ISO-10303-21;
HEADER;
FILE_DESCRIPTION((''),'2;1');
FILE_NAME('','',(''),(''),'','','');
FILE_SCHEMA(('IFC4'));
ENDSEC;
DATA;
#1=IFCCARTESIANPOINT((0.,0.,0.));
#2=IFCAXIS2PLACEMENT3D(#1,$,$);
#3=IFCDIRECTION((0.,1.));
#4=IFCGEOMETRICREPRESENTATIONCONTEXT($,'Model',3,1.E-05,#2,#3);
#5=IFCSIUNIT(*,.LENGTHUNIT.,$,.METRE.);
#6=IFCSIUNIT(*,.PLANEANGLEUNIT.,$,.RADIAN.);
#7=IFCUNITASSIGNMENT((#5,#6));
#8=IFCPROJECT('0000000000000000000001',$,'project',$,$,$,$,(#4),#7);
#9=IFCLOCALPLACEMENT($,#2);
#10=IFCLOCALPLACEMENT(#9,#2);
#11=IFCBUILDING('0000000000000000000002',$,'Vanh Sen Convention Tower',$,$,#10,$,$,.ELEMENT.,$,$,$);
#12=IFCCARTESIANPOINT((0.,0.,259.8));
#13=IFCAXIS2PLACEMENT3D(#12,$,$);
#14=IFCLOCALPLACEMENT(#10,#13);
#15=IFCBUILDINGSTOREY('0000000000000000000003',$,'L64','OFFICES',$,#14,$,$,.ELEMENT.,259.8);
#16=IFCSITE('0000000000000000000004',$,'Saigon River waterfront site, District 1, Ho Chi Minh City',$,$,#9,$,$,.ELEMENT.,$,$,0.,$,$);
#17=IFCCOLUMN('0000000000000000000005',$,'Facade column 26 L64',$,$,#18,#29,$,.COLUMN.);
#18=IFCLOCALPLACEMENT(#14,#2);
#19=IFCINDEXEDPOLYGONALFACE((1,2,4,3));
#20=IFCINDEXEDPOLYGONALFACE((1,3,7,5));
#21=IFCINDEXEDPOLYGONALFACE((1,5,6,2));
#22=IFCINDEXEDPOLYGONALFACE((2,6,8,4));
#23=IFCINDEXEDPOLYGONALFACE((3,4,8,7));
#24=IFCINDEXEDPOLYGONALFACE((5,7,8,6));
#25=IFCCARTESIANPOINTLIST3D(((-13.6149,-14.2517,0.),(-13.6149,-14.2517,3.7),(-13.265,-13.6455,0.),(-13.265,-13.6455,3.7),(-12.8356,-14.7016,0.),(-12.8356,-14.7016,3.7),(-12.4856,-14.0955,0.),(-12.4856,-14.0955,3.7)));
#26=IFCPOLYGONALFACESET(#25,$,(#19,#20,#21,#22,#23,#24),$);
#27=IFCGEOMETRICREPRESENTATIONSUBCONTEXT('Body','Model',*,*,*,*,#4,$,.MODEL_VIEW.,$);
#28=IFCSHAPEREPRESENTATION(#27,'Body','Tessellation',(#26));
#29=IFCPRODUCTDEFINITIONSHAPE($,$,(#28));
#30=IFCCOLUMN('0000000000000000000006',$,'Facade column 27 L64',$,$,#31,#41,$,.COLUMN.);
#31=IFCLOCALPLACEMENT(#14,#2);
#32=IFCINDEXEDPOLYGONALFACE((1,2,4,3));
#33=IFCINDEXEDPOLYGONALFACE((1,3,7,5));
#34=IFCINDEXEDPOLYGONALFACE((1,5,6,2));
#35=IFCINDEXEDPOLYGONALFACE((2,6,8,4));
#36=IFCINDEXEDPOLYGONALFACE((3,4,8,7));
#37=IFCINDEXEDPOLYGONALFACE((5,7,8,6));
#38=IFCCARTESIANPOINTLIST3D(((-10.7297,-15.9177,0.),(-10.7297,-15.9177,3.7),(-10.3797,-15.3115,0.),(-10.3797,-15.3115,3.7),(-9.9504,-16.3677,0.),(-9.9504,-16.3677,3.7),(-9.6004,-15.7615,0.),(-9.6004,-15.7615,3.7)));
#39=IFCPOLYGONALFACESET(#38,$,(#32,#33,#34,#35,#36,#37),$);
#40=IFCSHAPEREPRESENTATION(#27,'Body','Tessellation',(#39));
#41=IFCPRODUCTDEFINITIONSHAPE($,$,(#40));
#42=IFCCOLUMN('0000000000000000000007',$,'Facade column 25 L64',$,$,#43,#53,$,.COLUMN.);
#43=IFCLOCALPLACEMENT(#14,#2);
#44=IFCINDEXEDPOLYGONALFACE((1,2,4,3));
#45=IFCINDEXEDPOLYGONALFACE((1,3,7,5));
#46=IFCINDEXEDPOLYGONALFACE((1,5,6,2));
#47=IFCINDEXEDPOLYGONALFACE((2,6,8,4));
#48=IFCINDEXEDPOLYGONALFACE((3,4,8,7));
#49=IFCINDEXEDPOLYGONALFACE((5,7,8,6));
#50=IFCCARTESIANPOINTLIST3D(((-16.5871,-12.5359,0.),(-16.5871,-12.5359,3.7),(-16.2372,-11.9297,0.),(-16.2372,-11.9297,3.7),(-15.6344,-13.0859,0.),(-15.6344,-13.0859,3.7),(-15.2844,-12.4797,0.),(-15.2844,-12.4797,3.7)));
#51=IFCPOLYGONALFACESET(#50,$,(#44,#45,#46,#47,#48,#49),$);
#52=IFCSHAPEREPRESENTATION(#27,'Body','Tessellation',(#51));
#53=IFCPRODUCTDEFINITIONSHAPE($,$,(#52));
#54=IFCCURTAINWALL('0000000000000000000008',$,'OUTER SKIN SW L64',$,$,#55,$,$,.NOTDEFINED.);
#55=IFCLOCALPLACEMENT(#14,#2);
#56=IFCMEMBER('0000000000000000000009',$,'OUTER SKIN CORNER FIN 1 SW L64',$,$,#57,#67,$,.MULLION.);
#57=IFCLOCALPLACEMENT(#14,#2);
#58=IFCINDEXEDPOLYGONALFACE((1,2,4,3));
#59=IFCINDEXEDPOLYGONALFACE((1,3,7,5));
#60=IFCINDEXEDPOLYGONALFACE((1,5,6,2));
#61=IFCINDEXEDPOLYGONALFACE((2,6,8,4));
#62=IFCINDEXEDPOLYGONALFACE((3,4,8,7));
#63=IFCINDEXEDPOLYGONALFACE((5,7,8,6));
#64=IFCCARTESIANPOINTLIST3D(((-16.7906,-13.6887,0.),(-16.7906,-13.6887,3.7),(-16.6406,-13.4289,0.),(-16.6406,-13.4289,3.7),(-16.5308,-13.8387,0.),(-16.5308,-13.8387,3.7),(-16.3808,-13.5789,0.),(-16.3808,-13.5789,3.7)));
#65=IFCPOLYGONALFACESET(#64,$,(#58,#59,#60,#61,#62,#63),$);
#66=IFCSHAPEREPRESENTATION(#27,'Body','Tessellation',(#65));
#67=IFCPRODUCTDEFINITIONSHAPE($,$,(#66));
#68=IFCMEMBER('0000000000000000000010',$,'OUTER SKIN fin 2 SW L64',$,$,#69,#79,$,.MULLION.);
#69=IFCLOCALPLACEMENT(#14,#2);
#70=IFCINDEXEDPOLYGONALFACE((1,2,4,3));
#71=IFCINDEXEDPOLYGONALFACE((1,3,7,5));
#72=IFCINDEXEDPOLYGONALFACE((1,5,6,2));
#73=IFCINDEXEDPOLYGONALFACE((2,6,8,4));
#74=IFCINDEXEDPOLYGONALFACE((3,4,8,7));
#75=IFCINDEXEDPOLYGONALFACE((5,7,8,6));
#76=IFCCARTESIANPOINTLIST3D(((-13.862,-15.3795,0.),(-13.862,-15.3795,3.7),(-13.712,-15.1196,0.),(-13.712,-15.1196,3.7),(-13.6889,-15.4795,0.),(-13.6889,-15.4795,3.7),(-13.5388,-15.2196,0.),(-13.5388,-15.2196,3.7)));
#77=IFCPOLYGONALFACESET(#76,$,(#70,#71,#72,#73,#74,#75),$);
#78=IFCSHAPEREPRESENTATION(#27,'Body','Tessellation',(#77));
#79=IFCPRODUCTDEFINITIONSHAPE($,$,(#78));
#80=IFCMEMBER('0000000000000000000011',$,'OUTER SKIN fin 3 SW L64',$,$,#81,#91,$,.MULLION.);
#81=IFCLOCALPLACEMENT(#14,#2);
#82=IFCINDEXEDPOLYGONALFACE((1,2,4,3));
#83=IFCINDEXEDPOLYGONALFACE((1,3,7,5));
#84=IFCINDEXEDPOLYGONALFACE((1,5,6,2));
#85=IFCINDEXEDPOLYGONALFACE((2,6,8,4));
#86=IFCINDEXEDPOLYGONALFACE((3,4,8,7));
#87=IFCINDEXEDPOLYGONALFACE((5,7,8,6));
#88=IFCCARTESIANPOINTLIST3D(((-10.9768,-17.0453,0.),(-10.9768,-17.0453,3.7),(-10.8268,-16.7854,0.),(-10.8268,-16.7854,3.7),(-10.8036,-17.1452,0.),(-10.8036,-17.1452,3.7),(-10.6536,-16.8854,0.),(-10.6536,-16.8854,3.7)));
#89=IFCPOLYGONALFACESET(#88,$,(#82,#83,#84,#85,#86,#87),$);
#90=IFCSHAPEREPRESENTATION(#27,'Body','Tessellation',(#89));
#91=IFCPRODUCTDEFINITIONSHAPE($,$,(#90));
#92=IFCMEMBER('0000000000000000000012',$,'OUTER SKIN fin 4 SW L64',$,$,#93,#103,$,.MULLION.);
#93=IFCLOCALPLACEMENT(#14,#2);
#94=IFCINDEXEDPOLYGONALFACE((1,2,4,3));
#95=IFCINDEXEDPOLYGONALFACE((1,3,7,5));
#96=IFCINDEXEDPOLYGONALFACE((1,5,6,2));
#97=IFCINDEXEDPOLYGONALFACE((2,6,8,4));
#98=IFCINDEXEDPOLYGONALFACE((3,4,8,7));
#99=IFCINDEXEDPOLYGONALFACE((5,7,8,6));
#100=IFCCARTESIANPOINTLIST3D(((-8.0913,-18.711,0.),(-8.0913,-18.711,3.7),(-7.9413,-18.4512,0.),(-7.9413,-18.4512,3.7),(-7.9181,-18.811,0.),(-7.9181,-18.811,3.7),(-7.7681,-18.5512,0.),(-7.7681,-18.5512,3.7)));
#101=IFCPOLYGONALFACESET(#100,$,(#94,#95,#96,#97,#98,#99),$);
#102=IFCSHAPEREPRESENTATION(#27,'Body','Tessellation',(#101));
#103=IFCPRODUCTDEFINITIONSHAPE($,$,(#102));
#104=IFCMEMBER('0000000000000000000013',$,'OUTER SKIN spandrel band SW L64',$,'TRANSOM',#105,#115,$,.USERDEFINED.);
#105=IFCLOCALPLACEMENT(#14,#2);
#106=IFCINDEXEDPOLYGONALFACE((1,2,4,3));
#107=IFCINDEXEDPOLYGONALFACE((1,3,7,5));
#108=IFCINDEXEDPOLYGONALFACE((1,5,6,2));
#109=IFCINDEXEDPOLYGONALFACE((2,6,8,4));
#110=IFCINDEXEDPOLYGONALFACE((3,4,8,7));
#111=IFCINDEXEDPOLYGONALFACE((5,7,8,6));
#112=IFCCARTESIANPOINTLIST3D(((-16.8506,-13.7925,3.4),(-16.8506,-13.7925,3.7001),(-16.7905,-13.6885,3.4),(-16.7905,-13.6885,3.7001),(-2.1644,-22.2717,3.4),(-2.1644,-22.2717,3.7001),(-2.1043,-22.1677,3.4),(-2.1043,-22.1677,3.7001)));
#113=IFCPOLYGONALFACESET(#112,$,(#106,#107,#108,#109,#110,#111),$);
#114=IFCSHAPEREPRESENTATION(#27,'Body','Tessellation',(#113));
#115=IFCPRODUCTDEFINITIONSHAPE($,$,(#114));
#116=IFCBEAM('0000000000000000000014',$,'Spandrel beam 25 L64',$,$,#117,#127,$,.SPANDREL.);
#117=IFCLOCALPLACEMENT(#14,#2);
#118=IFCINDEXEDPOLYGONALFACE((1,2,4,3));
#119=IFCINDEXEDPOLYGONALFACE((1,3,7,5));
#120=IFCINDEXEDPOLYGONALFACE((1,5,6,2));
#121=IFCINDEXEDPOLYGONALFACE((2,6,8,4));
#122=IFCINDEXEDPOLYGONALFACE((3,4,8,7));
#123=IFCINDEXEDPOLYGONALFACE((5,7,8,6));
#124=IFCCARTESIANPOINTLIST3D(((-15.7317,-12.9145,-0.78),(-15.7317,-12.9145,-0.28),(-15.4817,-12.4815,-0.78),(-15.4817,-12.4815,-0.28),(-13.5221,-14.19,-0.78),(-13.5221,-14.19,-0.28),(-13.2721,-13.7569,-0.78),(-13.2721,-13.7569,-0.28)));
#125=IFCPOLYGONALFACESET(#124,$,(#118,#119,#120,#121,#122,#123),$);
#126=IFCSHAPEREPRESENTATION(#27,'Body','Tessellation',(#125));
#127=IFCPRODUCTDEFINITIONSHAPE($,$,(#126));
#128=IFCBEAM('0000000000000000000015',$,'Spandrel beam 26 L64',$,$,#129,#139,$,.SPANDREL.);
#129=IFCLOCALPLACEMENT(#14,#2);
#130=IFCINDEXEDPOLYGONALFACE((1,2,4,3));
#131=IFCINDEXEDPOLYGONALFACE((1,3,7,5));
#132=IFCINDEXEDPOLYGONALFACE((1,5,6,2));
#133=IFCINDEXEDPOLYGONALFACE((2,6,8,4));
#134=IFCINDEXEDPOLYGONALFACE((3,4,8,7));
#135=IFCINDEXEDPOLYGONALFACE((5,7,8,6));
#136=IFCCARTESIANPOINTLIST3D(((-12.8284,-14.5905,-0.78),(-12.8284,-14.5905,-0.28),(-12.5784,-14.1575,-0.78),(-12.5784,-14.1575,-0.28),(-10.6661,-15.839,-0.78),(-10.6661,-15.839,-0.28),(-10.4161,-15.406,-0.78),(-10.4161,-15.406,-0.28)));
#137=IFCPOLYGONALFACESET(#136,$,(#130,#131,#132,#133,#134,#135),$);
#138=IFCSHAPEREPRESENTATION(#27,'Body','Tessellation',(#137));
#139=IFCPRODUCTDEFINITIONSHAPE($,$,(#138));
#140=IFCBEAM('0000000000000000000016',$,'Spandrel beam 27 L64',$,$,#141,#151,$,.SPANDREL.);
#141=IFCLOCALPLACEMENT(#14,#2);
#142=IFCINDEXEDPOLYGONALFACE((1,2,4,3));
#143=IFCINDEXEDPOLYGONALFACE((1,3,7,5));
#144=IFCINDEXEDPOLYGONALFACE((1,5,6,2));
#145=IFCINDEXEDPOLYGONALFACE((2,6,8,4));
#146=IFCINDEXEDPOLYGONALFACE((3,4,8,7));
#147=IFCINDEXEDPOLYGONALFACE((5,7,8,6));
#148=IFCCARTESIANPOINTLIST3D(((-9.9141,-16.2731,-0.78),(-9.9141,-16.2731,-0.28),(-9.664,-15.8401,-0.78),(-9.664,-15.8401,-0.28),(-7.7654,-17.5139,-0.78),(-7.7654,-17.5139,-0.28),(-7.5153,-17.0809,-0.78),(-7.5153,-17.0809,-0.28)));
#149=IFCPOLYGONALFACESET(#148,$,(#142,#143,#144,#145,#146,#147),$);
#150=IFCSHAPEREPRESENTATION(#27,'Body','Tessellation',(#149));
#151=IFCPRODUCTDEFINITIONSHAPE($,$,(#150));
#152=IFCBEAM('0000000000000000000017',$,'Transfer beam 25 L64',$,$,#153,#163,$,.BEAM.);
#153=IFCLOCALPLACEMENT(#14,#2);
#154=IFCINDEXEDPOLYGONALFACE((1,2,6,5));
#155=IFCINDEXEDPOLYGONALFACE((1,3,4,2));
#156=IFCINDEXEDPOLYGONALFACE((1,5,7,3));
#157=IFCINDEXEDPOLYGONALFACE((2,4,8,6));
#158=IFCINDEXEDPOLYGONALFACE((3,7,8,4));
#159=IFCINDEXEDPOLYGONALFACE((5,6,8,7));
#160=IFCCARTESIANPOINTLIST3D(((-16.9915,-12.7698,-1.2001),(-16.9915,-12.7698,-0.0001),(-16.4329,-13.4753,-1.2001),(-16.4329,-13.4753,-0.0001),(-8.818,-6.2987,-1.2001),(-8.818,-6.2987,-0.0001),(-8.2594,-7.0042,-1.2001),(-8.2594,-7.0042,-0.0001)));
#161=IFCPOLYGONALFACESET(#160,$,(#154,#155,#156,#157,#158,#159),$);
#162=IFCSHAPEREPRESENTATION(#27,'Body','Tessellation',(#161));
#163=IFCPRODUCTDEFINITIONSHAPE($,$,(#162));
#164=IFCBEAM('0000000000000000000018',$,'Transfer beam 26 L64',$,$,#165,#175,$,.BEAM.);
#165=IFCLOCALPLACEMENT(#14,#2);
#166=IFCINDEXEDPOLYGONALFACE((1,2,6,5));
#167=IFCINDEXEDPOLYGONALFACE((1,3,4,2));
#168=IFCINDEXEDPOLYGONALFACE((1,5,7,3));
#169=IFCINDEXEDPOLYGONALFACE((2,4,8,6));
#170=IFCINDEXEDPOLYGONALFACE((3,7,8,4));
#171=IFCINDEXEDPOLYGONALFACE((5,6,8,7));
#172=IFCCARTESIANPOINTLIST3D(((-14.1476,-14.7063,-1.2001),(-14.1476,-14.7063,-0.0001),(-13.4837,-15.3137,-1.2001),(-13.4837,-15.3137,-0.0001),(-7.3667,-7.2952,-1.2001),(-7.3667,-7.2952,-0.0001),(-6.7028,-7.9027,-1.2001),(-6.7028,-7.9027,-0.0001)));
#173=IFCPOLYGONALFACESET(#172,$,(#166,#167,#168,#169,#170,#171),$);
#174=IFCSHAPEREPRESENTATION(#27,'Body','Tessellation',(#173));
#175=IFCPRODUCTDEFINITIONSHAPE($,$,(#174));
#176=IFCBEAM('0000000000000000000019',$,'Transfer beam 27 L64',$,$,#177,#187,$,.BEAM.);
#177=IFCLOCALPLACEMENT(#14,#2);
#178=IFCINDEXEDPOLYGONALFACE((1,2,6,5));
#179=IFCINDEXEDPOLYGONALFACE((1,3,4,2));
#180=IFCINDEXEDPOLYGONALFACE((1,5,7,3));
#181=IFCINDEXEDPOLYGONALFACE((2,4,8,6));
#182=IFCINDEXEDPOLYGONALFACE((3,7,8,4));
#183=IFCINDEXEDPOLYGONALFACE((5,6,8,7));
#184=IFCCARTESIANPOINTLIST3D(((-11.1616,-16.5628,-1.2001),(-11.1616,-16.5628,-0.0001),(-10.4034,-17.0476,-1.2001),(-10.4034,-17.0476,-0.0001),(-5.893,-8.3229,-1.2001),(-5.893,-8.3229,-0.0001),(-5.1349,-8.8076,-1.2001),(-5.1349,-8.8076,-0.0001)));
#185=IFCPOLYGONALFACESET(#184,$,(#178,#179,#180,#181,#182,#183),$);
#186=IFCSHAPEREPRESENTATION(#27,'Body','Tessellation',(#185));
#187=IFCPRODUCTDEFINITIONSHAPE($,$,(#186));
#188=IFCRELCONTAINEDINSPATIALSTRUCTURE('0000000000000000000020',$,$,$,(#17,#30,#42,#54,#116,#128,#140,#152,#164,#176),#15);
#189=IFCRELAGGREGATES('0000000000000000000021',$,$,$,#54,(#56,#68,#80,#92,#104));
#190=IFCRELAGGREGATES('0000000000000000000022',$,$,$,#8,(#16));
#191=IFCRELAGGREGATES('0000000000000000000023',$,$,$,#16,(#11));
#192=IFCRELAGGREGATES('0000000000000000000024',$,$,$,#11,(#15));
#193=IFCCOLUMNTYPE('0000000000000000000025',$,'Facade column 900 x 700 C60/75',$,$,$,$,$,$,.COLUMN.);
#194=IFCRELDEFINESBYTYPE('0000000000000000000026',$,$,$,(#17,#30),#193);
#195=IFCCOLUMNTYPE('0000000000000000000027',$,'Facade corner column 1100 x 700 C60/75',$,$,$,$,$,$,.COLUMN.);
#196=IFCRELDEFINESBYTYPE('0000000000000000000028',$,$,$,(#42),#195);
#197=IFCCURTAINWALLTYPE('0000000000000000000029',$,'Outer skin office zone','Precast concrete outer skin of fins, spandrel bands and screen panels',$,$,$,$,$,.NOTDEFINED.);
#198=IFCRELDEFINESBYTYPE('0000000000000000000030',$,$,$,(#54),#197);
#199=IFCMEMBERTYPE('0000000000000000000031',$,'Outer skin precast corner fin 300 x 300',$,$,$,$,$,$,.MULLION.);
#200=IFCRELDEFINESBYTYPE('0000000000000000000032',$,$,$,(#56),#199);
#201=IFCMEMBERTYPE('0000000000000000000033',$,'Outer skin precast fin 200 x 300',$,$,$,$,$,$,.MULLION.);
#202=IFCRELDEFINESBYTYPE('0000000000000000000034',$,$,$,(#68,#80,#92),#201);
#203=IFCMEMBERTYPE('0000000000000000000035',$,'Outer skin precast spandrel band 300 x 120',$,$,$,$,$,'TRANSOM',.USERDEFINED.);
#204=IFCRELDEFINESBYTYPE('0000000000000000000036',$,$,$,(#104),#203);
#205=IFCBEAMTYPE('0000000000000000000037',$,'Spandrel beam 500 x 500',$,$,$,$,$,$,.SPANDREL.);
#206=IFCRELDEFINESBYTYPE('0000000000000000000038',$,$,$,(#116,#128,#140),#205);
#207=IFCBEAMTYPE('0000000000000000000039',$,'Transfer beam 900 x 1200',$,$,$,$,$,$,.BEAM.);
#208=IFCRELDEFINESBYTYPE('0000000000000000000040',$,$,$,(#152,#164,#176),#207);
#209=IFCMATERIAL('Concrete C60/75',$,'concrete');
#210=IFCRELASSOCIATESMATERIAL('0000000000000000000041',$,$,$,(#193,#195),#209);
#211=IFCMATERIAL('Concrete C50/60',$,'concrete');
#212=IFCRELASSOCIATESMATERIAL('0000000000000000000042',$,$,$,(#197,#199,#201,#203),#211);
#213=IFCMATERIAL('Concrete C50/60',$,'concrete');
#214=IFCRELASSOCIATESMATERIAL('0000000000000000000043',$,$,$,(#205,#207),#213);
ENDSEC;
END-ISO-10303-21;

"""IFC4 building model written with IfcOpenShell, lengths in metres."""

from ifc_helpers import new_model, si_unit, direction, frame, origin, origin_2d, place, context, subcontext, project, spatial, rectangle, extrude, material, material_profile, profile_set, type_object, element, aggregate, save


model = new_model("IFC4")

# Units and contexts
model_context = context("Model", 3, precision=1e-05, world=origin(), true_north=direction((0.0, 1.0)))
body_context = subcontext(model_context, "Body", "Model", "MODEL_VIEW")
ifc_project = project(units=[si_unit("LENGTHUNIT", "METRE"), si_unit("PLANEANGLEUNIT", "RADIAN")], contexts=[model_context])

# Site, building, storey
site_placement = place(None, origin())
site = spatial("IfcSite", under=ifc_project, at=site_placement, Name="Saigon River waterfront site, District 1, Ho Chi Minh City", CompositionType="ELEMENT", RefElevation=0.0)
building_placement = place(site_placement, origin())
building = spatial("IfcBuilding", under=site, at=building_placement, Name="Vanh Sen Convention Tower", CompositionType="ELEMENT")
storey_placement = place(building_placement, frame((0.0, 0.0, 259.8)))
storey = spatial("IfcBuildingStorey", under=building, at=storey_placement, Name="L64", Description="OFFICES", CompositionType="ELEMENT", Elevation=259.8)

# Columns
ifc_material_1 = material(Name="Concrete C60/75", Category="concrete")
ifc_material_profile_1 = material_profile(ifc_material_1, rectangle(XDim=0.8999, YDim=0.7, at=origin_2d()), Name="RC 900X700")
ifc_profile_set_1 = profile_set([ifc_material_profile_1], Name="Concrete C60/75")
column_type_1 = type_object("IfcColumnType", Name="Facade column 900 x 700 C60/75", PredefinedType="COLUMN", material=ifc_profile_set_1)
for number, where, z_axis, x_axis, name in (
    (1, (-13.0503, -14.1736, 0.0), (0.0, 0.0, 1.0), (0.866025, -0.5, 0.0), "Facade column 26 L64"),
    (2, (-10.165, -15.8396, 0.0), (0.0, 0.0, 1.0), (0.866025, -0.5, 0.0), "Facade column 27 L64"),
):
    element("IfcColumn", number, at=place(storey_placement, frame(where, z_axis=z_axis, x_axis=x_axis)), inside=storey, type_object=column_type_1, Name=name, PredefinedType="COLUMN", context=body_context, shape_type="SweptSolid", body=[
        extrude(rectangle(XDim=0.8999, YDim=0.7, at=origin_2d()), origin(), (0.0, 0.0, 1.0), 3.7),
    ])
ifc_material_profile_2 = material_profile(ifc_material_1, rectangle(XDim=1.1001, YDim=0.7, at=origin_2d()), Name="RC 1100X700")
ifc_profile_set_2 = profile_set([ifc_material_profile_2], Name="Concrete C60/75")
column_type_2 = type_object("IfcColumnType", Name="Facade corner column 1100 x 700 C60/75", PredefinedType="COLUMN", material=ifc_profile_set_2)
column_placement = place(storey_placement, frame((-15.9358, -12.5078, 0.0), z_axis=(0.0, 0.0, 1.0), x_axis=(0.866025, -0.5, 0.0)))
element("IfcColumn", 3, at=column_placement, inside=storey, type_object=column_type_2, Name="Facade column 25 L64", PredefinedType="COLUMN", context=body_context, shape_type="SweptSolid", body=[
    extrude(rectangle(XDim=1.1001, YDim=0.7, at=origin_2d()), origin(), (0.0, 0.0, 1.0), 3.7),
])

# Curtain wall, members
ifc_material_2 = material(Name="Concrete C50/60", Category="concrete")
curtain_wall_type = type_object("IfcCurtainWallType", Name="Outer skin office zone", Description="Precast concrete outer skin of fins, spandrel bands and screen panels", PredefinedType="NOTDEFINED", material=ifc_material_2)
curtain_wall_placement = place(storey_placement, origin())
curtain_wall = element("IfcCurtainWall", 4, at=curtain_wall_placement, inside=storey, type_object=curtain_wall_type, Name="OUTER SKIN SW L64", PredefinedType="NOTDEFINED")
ifc_material_profile_3 = material_profile(ifc_material_2, rectangle(XDim=0.3, YDim=0.3, at=origin_2d()), Name="Outer skin precast corner fin 300 x 300")
ifc_profile_set_3 = profile_set([ifc_material_profile_3], Name="Concrete C50/60")
member_type_1 = type_object("IfcMemberType", Name="Outer skin precast corner fin 300 x 300", PredefinedType="MULLION", material=ifc_profile_set_3)
member_1_placement = place(storey_placement, frame((-16.5857, -13.6338, 0.0), z_axis=(0.0, 0.0, 1.0), x_axis=(0.866025, -0.5, 0.0)))
member_1 = element("IfcMember", 5, at=member_1_placement, type_object=member_type_1, Name="OUTER SKIN CORNER FIN 1 SW L64", PredefinedType="MULLION", context=body_context, shape_type="SweptSolid", body=[
    extrude(rectangle(XDim=0.3, YDim=0.3, at=origin_2d()), origin(), (0.0, 0.0, 1.0), 3.7),
])
ifc_material_profile_4 = material_profile(ifc_material_2, rectangle(XDim=0.2, YDim=0.3, at=origin_2d()), Name="Outer skin precast fin 200 x 300")
ifc_profile_set_4 = profile_set([ifc_material_profile_4], Name="Concrete C50/60")
member_type_2 = type_object("IfcMemberType", Name="Outer skin precast fin 200 x 300", PredefinedType="MULLION", material=ifc_profile_set_4)
member_2_placement = place(storey_placement, frame((-13.7004, -15.2996, 0.0), z_axis=(0.0, 0.0, 1.0), x_axis=(0.866025, -0.5, 0.0)))
member_2 = element("IfcMember", 6, at=member_2_placement, type_object=member_type_2, Name="OUTER SKIN fin 2 SW L64", PredefinedType="MULLION", context=body_context, shape_type="SweptSolid", body=[
    extrude(rectangle(XDim=0.2, YDim=0.3, at=origin_2d()), origin(), (0.0, 0.0, 1.0), 3.7),
])
member_3_placement = place(storey_placement, frame((-10.8152, -16.9653, 0.0), z_axis=(0.0, 0.0, 1.0), x_axis=(0.866025, -0.5, 0.0)))
member_3 = element("IfcMember", 7, at=member_3_placement, type_object=member_type_2, Name="OUTER SKIN fin 3 SW L64", PredefinedType="MULLION", context=body_context, shape_type="SweptSolid", body=[
    extrude(rectangle(XDim=0.2, YDim=0.3, at=origin_2d()), origin(), (0.0, 0.0, 1.0), 3.7),
])
member_4_placement = place(storey_placement, frame((-7.9297, -18.6311, 0.0), z_axis=(0.0, 0.0, 1.0), x_axis=(0.866025, -0.5, 0.0)))
member_4 = element("IfcMember", 8, at=member_4_placement, type_object=member_type_2, Name="OUTER SKIN fin 4 SW L64", PredefinedType="MULLION", context=body_context, shape_type="SweptSolid", body=[
    extrude(rectangle(XDim=0.2, YDim=0.3, at=origin_2d()), origin(), (0.0, 0.0, 1.0), 3.7),
])
ifc_material_profile_5 = material_profile(ifc_material_2, rectangle(XDim=0.1201, YDim=0.3, at=origin_2d()), Name="Outer skin precast spandrel band 300 x 120")
ifc_profile_set_5 = profile_set([ifc_material_profile_5], Name="Concrete C50/60")
member_type_3 = type_object("IfcMemberType", Name="Outer skin precast spandrel band 300 x 120", ElementType="TRANSOM", PredefinedType="USERDEFINED", material=ifc_profile_set_5)
member_5_placement = place(storey_placement, frame((-16.8206, -13.7405, 3.55), z_axis=(0.866022, -0.500005, 0.0), x_axis=(0.500005, 0.866022, 0.0)))
member_5 = element("IfcMember", 9, at=member_5_placement, type_object=member_type_3, Name="OUTER SKIN spandrel band SW L64", ObjectType="TRANSOM", PredefinedType="USERDEFINED", context=body_context, shape_type="SweptSolid", body=[
    extrude(rectangle(XDim=0.1201, YDim=0.3, at=origin_2d()), origin(), (0.0, 0.0, 1.0), 16.9583),
])

# Beams
ifc_material_3 = material(Name="Concrete C50/60", Category="concrete")
ifc_material_profile_6 = material_profile(ifc_material_3, rectangle(XDim=0.5, YDim=0.5, at=origin_2d()), Name="RC 500X500")
ifc_profile_set_6 = profile_set([ifc_material_profile_6], Name="Concrete C50/60")
beam_type_1 = type_object("IfcBeamType", Name="Spandrel beam 500 x 500", PredefinedType="SPANDREL", material=ifc_profile_set_6)
beam_1_placement = place(storey_placement, frame((-15.6067, -12.698, -0.53), z_axis=(0.866068, -0.499927, 0.0), x_axis=(0.499927, 0.866068, 0.0)))
element("IfcBeam", 10, at=beam_1_placement, inside=storey, type_object=beam_type_1, Name="Spandrel beam 25 L64", PredefinedType="SPANDREL", context=body_context, shape_type="SweptSolid", body=[
    extrude(rectangle(XDim=0.5, YDim=0.5, at=origin_2d()), origin(), (0.0, 0.0, 1.0), 2.5513),
])
beam_2_placement = place(storey_placement, frame((-12.7034, -14.374, -0.53), z_axis=(0.866008, -0.50003, 0.0), x_axis=(0.50003, 0.866008, 0.0)))
element("IfcBeam", 11, at=beam_2_placement, inside=storey, type_object=beam_type_1, Name="Spandrel beam 26 L64", PredefinedType="SPANDREL", context=body_context, shape_type="SweptSolid", body=[
    extrude(rectangle(XDim=0.5, YDim=0.5, at=origin_2d()), origin(), (0.0, 0.0, 1.0), 2.4968),
])
beam_3_placement = place(storey_placement, frame((-9.7891, -16.0566, -0.53), z_axis=(0.865994, -0.500055, 0.0), x_axis=(0.500055, 0.865994, 0.0)))
element("IfcBeam", 12, at=beam_3_placement, inside=storey, type_object=beam_type_1, Name="Spandrel beam 27 L64", PredefinedType="SPANDREL", context=body_context, shape_type="SweptSolid", body=[
    extrude(rectangle(XDim=0.5, YDim=0.5, at=origin_2d()), origin(), (0.0, 0.0, 1.0), 2.4812),
])
ifc_material_profile_7 = material_profile(ifc_material_3, rectangle(XDim=0.8999, YDim=1.2, at=origin_2d()), Name="RC 900X1200")
ifc_profile_set_7 = profile_set([ifc_material_profile_7], Name="Concrete C50/60")
beam_type_2 = type_object("IfcBeamType", Name="Transfer beam 900 x 1200", PredefinedType="BEAM", material=ifc_profile_set_7)
beam_4_placement = place(storey_placement, frame((-16.7122, -13.1226, -0.6001), z_axis=(0.784025, 0.620729, 0.0), x_axis=(-0.620729, 0.784025, 0.0)))
element("IfcBeam", 13, at=beam_4_placement, inside=storey, type_object=beam_type_2, Name="Transfer beam 25 L64", PredefinedType="BEAM", context=body_context, shape_type="SweptSolid", body=[
    extrude(rectangle(XDim=0.8999, YDim=1.2, at=origin_2d()), origin(), (0.0, 0.0, 1.0), 10.425),
])
beam_5_placement = place(storey_placement, frame((-13.8157, -15.01, -0.6001), z_axis=(0.675046, 0.737775, 0.0), x_axis=(-0.737775, 0.675046, 0.0)))
element("IfcBeam", 14, at=beam_5_placement, inside=storey, type_object=beam_type_2, Name="Transfer beam 26 L64", PredefinedType="BEAM", context=body_context, shape_type="SweptSolid", body=[
    extrude(rectangle(XDim=0.8999, YDim=1.2, at=origin_2d()), origin(), (0.0, 0.0, 1.0), 10.0452),
])
beam_6_placement = place(storey_placement, frame((-10.7825, -16.8052, -0.6001), z_axis=(0.538688, 0.842505, 0.0), x_axis=(-0.842505, 0.538688, 0.0)))
element("IfcBeam", 15, at=beam_6_placement, inside=storey, type_object=beam_type_2, Name="Transfer beam 27 L64", PredefinedType="BEAM", context=body_context, shape_type="SweptSolid", body=[
    extrude(rectangle(XDim=0.8999, YDim=1.2, at=origin_2d()), origin(), (0.0, 0.0, 1.0), 9.7803),
])

aggregate(curtain_wall, [member_1, member_2, member_3, member_4, member_5])

save(model, "model.ifc")
